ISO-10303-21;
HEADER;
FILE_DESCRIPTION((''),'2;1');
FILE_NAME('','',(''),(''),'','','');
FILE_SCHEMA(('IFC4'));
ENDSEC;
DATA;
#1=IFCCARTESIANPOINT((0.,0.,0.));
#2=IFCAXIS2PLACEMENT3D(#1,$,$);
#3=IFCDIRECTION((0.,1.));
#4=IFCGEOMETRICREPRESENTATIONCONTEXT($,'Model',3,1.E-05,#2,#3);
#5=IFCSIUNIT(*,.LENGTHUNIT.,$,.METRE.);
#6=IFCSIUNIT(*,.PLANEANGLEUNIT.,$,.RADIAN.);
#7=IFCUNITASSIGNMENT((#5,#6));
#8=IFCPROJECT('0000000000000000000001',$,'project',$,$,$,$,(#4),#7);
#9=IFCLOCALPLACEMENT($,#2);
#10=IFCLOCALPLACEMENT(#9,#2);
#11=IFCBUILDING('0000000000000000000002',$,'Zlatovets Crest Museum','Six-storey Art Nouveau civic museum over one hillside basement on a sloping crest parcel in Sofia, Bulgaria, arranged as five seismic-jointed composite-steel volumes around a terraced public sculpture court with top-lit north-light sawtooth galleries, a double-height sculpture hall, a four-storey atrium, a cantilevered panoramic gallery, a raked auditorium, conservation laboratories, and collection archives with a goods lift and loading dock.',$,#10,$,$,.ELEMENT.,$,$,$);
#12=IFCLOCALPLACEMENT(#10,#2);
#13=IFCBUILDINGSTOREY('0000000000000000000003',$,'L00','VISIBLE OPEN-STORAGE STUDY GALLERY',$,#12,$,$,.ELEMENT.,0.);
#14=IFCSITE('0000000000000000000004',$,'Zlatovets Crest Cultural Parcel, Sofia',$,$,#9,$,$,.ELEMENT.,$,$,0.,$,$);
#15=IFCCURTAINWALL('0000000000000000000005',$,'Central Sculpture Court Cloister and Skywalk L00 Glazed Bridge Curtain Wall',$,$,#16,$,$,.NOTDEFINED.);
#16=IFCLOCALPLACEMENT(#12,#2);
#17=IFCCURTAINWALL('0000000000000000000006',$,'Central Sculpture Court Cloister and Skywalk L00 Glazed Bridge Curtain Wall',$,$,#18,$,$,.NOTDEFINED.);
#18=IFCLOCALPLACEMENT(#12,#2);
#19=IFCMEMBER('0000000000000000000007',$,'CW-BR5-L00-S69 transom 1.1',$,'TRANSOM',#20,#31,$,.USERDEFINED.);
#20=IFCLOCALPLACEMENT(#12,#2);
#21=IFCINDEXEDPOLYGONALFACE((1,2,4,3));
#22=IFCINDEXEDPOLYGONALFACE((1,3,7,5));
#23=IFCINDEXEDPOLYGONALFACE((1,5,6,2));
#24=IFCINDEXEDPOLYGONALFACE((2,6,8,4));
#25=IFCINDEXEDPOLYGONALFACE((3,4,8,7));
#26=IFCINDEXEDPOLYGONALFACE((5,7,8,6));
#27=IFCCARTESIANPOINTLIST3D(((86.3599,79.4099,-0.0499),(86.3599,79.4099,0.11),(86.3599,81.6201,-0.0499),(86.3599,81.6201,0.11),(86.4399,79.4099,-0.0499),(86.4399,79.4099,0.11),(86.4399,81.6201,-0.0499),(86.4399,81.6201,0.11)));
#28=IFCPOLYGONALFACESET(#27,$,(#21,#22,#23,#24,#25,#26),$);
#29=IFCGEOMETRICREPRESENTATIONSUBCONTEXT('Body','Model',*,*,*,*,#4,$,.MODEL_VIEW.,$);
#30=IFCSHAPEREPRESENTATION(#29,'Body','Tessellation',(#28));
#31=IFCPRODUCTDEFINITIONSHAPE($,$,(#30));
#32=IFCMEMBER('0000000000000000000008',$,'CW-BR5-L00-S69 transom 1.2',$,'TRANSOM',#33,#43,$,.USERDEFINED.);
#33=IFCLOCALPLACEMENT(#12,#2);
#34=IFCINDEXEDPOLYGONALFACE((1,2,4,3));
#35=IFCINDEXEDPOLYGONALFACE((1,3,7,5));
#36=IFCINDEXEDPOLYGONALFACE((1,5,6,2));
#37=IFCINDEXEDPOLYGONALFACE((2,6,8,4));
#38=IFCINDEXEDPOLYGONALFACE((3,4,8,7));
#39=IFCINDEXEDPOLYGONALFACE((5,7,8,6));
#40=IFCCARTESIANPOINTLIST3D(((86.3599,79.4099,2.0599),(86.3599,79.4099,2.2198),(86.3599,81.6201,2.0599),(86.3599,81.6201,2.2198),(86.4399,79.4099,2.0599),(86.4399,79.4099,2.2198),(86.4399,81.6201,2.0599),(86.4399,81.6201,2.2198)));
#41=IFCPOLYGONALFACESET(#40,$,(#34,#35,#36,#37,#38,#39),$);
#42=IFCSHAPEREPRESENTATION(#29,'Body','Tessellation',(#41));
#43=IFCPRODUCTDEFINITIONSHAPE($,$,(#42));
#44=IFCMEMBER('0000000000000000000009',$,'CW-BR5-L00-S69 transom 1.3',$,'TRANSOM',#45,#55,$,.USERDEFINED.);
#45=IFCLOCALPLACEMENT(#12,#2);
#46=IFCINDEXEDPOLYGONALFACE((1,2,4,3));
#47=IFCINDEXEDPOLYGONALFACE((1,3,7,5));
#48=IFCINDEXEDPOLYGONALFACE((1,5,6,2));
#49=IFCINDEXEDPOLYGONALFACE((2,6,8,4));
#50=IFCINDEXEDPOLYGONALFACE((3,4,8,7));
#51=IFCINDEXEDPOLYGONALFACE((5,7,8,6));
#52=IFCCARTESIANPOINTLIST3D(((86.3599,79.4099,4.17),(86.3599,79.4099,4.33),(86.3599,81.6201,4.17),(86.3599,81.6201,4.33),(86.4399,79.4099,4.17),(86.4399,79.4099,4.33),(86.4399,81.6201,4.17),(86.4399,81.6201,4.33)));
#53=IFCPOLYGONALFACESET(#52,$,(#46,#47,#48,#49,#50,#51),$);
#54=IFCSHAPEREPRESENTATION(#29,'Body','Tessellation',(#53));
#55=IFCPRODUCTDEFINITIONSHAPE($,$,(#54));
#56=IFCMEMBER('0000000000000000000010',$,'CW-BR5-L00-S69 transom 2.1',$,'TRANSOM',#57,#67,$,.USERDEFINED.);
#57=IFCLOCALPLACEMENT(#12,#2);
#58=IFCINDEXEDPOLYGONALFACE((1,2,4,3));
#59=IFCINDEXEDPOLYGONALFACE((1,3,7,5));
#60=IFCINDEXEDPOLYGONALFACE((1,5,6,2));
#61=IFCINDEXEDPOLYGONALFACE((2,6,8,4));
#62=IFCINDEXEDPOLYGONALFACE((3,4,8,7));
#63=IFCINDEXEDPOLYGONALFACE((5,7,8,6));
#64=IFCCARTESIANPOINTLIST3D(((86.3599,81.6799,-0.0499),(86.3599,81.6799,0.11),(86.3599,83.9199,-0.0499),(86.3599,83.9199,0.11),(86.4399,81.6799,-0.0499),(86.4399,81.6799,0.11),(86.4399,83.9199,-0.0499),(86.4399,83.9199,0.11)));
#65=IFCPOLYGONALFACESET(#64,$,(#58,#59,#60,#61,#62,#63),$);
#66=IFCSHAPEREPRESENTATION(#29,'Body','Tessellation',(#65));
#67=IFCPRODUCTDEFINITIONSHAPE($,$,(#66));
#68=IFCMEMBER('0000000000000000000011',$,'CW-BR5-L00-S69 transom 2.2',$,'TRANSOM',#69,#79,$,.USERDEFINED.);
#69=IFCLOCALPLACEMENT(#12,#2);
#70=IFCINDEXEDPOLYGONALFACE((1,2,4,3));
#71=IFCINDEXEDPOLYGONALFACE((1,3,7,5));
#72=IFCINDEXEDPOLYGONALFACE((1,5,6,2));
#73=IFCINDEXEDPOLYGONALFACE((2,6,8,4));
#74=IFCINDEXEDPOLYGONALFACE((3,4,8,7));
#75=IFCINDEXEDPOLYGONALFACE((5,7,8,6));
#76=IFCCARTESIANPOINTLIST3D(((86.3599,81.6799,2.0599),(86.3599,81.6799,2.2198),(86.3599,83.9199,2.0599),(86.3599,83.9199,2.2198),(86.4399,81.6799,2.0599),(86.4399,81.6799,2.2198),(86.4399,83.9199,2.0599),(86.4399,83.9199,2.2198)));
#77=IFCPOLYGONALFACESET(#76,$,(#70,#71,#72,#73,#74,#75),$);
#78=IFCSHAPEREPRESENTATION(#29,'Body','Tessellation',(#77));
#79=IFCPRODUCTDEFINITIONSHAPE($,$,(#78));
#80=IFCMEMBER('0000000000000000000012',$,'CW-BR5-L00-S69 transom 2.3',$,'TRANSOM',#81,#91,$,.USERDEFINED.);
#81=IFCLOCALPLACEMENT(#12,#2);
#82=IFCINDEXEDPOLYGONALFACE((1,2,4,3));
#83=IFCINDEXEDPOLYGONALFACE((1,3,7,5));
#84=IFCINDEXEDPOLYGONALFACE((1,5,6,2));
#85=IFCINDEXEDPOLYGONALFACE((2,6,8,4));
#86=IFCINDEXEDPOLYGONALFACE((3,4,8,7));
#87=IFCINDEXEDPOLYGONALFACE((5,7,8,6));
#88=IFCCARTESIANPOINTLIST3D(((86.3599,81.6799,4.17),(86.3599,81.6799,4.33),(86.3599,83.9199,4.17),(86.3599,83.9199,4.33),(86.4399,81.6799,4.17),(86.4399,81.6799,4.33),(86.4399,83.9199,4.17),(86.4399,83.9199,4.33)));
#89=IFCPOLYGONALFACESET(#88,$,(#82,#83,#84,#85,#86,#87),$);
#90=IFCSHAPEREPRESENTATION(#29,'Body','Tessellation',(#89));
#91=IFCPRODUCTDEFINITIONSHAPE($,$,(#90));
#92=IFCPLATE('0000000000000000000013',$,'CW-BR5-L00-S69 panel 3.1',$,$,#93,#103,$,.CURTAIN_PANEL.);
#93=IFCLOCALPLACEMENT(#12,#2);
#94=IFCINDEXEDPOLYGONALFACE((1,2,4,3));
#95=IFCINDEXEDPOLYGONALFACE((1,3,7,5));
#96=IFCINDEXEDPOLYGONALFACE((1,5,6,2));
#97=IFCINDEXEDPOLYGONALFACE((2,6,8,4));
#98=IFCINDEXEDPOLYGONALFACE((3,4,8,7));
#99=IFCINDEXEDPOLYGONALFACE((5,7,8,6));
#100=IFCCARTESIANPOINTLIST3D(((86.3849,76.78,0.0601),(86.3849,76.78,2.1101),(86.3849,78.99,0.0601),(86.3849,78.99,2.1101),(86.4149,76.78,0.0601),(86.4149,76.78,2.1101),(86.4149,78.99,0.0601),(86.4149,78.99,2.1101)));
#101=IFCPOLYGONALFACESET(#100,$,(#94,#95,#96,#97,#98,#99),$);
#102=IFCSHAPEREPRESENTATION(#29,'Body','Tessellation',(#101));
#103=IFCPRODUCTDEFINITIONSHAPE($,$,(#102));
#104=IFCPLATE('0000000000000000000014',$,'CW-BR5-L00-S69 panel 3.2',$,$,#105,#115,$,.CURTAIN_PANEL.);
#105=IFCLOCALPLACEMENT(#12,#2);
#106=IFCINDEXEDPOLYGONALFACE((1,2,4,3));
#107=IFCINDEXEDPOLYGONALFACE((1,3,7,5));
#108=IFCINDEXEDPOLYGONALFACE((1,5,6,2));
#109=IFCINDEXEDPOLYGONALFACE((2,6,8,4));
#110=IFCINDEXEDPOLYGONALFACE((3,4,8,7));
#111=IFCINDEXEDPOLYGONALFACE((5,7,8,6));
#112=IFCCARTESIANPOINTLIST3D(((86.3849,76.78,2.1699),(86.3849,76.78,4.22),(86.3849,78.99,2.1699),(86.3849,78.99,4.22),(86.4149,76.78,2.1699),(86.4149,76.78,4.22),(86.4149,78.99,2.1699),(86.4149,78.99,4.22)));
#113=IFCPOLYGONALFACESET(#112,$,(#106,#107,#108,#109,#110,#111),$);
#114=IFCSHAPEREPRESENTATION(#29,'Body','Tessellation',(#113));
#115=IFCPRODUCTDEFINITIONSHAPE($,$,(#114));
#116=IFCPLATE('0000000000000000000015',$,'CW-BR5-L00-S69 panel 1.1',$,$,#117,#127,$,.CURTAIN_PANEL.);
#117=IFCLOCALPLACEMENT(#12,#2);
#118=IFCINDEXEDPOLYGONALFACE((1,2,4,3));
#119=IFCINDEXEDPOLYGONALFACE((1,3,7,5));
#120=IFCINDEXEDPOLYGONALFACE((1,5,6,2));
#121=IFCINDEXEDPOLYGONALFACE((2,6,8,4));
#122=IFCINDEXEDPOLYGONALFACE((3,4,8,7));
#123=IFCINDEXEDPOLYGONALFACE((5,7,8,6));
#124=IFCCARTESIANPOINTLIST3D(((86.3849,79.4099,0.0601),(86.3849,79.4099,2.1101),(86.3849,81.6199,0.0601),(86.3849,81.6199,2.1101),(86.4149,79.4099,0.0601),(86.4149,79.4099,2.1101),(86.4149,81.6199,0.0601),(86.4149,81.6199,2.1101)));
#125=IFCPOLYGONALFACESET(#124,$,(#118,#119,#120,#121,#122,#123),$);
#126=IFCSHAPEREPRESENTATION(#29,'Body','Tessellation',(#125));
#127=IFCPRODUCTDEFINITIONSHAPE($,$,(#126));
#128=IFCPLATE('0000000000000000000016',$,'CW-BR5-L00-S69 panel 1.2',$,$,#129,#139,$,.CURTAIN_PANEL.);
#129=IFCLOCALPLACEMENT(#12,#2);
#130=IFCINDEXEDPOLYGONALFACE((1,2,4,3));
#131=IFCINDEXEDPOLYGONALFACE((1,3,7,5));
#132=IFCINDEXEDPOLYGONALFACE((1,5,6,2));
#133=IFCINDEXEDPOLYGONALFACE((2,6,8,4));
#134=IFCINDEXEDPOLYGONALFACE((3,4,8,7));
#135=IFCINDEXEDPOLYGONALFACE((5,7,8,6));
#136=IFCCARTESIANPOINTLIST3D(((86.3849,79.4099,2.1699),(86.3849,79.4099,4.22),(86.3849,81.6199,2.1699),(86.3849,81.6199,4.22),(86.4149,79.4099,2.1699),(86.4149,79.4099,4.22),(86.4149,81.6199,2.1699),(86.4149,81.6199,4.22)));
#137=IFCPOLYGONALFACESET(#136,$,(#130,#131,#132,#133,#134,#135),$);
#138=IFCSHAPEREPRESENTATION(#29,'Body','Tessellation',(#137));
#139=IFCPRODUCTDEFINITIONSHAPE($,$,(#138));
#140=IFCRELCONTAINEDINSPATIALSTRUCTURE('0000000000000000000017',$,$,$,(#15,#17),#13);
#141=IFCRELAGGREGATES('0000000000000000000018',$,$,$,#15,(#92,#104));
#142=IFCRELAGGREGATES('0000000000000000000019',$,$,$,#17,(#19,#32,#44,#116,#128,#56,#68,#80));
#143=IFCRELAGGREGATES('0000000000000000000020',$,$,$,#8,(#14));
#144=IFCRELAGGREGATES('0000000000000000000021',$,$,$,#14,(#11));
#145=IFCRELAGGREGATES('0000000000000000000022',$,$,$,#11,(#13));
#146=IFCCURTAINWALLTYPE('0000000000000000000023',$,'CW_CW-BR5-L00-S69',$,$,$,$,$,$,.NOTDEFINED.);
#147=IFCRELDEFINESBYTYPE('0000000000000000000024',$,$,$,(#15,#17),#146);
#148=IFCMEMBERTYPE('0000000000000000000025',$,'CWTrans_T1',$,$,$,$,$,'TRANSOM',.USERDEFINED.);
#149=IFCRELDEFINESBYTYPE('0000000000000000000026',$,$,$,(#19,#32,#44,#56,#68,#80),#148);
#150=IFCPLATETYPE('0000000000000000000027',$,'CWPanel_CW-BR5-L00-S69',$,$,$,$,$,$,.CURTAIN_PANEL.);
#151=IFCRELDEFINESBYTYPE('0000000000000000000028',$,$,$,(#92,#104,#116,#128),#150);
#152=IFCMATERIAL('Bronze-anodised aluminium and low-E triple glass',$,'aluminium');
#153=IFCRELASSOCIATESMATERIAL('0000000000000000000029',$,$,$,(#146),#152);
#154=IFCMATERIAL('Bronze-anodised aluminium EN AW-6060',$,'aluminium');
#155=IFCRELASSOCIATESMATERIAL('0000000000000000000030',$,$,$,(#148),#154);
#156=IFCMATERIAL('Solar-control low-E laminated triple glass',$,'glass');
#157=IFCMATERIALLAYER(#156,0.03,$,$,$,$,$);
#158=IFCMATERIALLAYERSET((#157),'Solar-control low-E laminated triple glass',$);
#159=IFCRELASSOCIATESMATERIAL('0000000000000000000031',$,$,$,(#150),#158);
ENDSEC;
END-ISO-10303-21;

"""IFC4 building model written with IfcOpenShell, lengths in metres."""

from ifc_helpers import new_model, si_unit, direction, frame, origin, origin_2d, place, context, subcontext, project, spatial, rectangle, extrude, material, layer, layer_set, material_profile, profile_set, type_object, element, aggregate, save


model = new_model("IFC4")

# Units and contexts
model_context = context("Model", 3, precision=1e-05, world=origin(), true_north=direction((0.0, 1.0)))
body_context = subcontext(model_context, "Body", "Model", "MODEL_VIEW")
ifc_project = project(units=[si_unit("LENGTHUNIT", "METRE"), si_unit("PLANEANGLEUNIT", "RADIAN")], contexts=[model_context])

# Site, building, storey
site_placement = place(None, origin())
site = spatial("IfcSite", under=ifc_project, at=site_placement, Name="Zlatovets Crest Cultural Parcel, Sofia", CompositionType="ELEMENT", RefElevation=0.0)
building_placement = place(site_placement, origin())
building = spatial("IfcBuilding", under=site, at=building_placement, Name="Zlatovets Crest Museum", Description="Six-storey Art Nouveau civic museum over one hillside basement on a sloping crest parcel in Sofia, Bulgaria, arranged as five seismic-jointed composite-steel volumes around a terraced public sculpture court with top-lit north-light sawtooth galleries, a double-height sculpture hall, a four-storey atrium, a cantilevered panoramic gallery, a raked auditorium, conservation laboratories, and collection archives with a goods lift and loading dock.", CompositionType="ELEMENT")
storey_placement = place(building_placement, origin())
storey = spatial("IfcBuildingStorey", under=building, at=storey_placement, Name="L00", Description="VISIBLE OPEN-STORAGE STUDY GALLERY", CompositionType="ELEMENT", Elevation=0.0)

# Curtain wall
ifc_material_1 = material(Name="Bronze-anodised aluminium and low-E triple glass", Category="aluminium")
curtain_wall_type = type_object("IfcCurtainWallType", Name="CW_CW-BR5-L00-S69", PredefinedType="NOTDEFINED", material=ifc_material_1)
curtain_wall_1_placement = place(storey_placement, origin())
curtain_wall_1 = element("IfcCurtainWall", 1, at=curtain_wall_1_placement, inside=storey, type_object=curtain_wall_type, Name="Central Sculpture Court Cloister and Skywalk L00 Glazed Bridge Curtain Wall", PredefinedType="NOTDEFINED")
ifc_material_2 = material(Name="Bronze-anodised aluminium EN AW-6060", Category="aluminium")

# Curtain wall
curtain_wall_2_placement = place(storey_placement, origin())
curtain_wall_2 = element("IfcCurtainWall", 2, at=curtain_wall_2_placement, inside=storey, type_object=curtain_wall_type, Name="Central Sculpture Court Cloister and Skywalk L00 Glazed Bridge Curtain Wall", PredefinedType="NOTDEFINED")

# Members
ifc_material_profile_1 = material_profile(ifc_material_2, rectangle(XDim=0.0801, YDim=0.1599, at=origin_2d()), Name="ALU 80x160")
ifc_profile_set_1 = profile_set([ifc_material_profile_1], Name="Bronze-anodised aluminium EN AW-6060")
member_type_1 = type_object("IfcMemberType", Name="CWTrans_T1", ElementType="TRANSOM", PredefinedType="USERDEFINED", material=ifc_profile_set_1)
member_1_placement = place(storey_placement, frame((86.3999, 79.4099, 0.03), z_axis=(0.0, 1.0, 0.0), x_axis=(-1.0, 0.0, 0.0)))
member_1 = element("IfcMember", 3, at=member_1_placement, type_object=member_type_1, Name="CW-BR5-L00-S69 transom 1.1", ObjectType="TRANSOM", PredefinedType="USERDEFINED", context=body_context, shape_type="SweptSolid", body=[
    extrude(rectangle(XDim=0.0801, YDim=0.1599, at=origin_2d()), origin(), (0.0, 0.0, 1.0), 2.2102),
])
member_2_placement = place(storey_placement, frame((86.3999, 79.4099, 2.1399), z_axis=(0.0, 1.0, 0.0), x_axis=(-1.0, 0.0, 0.0)))
member_2 = element("IfcMember", 4, at=member_2_placement, type_object=member_type_1, Name="CW-BR5-L00-S69 transom 1.2", ObjectType="TRANSOM", PredefinedType="USERDEFINED", context=body_context, shape_type="SweptSolid", body=[
    extrude(rectangle(XDim=0.0801, YDim=0.1599, at=origin_2d()), origin(), (0.0, 0.0, 1.0), 2.2102),
])
member_3_placement = place(storey_placement, frame((86.3999, 79.4099, 4.25), z_axis=(0.0, 1.0, 0.0), x_axis=(-1.0, 0.0, 0.0)))
member_3 = element("IfcMember", 5, at=member_3_placement, type_object=member_type_1, Name="CW-BR5-L00-S69 transom 1.3", ObjectType="TRANSOM", PredefinedType="USERDEFINED", context=body_context, shape_type="SweptSolid", body=[
    extrude(rectangle(XDim=0.0801, YDim=0.1599, at=origin_2d()), origin(), (0.0, 0.0, 1.0), 2.2102),
])
member_4_placement = place(storey_placement, frame((86.3999, 81.6799, 0.03), z_axis=(0.0, 1.0, 0.0), x_axis=(-1.0, 0.0, 0.0)))
member_4 = element("IfcMember", 6, at=member_4_placement, type_object=member_type_1, Name="CW-BR5-L00-S69 transom 2.1", ObjectType="TRANSOM", PredefinedType="USERDEFINED", context=body_context, shape_type="SweptSolid", body=[
    extrude(rectangle(XDim=0.0801, YDim=0.1599, at=origin_2d()), origin(), (0.0, 0.0, 1.0), 2.24),
])
member_5_placement = place(storey_placement, frame((86.3999, 81.6799, 2.1399), z_axis=(0.0, 1.0, 0.0), x_axis=(-1.0, 0.0, 0.0)))
member_5 = element("IfcMember", 7, at=member_5_placement, type_object=member_type_1, Name="CW-BR5-L00-S69 transom 2.2", ObjectType="TRANSOM", PredefinedType="USERDEFINED", context=body_context, shape_type="SweptSolid", body=[
    extrude(rectangle(XDim=0.0801, YDim=0.1599, at=origin_2d()), origin(), (0.0, 0.0, 1.0), 2.24),
])
member_6_placement = place(storey_placement, frame((86.3999, 81.6799, 4.25), z_axis=(0.0, 1.0, 0.0), x_axis=(-1.0, 0.0, 0.0)))
member_6 = element("IfcMember", 8, at=member_6_placement, type_object=member_type_1, Name="CW-BR5-L00-S69 transom 2.3", ObjectType="TRANSOM", PredefinedType="USERDEFINED", context=body_context, shape_type="SweptSolid", body=[
    extrude(rectangle(XDim=0.0801, YDim=0.1599, at=origin_2d()), origin(), (0.0, 0.0, 1.0), 2.24),
])

# Plates
ifc_material_3 = material(Name="Solar-control low-E laminated triple glass", Category="glass")
ifc_layer = layer(ifc_material_3, 0.03)
ifc_layer_set = layer_set([ifc_layer], Name="Solar-control low-E laminated triple glass")
plate_type = type_object("IfcPlateType", Name="CWPanel_CW-BR5-L00-S69", PredefinedType="CURTAIN_PANEL", material=ifc_layer_set)
plate_1_placement = place(storey_placement, frame((86.3999, 77.885, 0.0601), z_axis=(0.0, 0.0, 1.0), x_axis=(0.0, 1.0, 0.0)))
plate_1 = element("IfcPlate", 9, at=plate_1_placement, type_object=plate_type, Name="CW-BR5-L00-S69 panel 3.1", PredefinedType="CURTAIN_PANEL", context=body_context, shape_type="SweptSolid", body=[
    extrude(rectangle(XDim=2.21, YDim=0.03, at=origin_2d()), origin(), (0.0, 0.0, 1.0), 2.05),
])
plate_2_placement = place(storey_placement, frame((86.3999, 77.885, 2.1699), z_axis=(0.0, 0.0, 1.0), x_axis=(0.0, 1.0, 0.0)))
plate_2 = element("IfcPlate", 10, at=plate_2_placement, type_object=plate_type, Name="CW-BR5-L00-S69 panel 3.2", PredefinedType="CURTAIN_PANEL", context=body_context, shape_type="SweptSolid", body=[
    extrude(rectangle(XDim=2.21, YDim=0.03, at=origin_2d()), origin(), (0.0, 0.0, 1.0), 2.05),
])
aggregate(curtain_wall_1, [plate_1, plate_2])
plate_3_placement = place(storey_placement, frame((86.3999, 80.5149, 0.0601), z_axis=(0.0, 0.0, 1.0), x_axis=(0.0, 1.0, 0.0)))
plate_3 = element("IfcPlate", 11, at=plate_3_placement, type_object=plate_type, Name="CW-BR5-L00-S69 panel 1.1", PredefinedType="CURTAIN_PANEL", context=body_context, shape_type="SweptSolid", body=[
    extrude(rectangle(XDim=2.21, YDim=0.03, at=origin_2d()), origin(), (0.0, 0.0, 1.0), 2.05),
])
plate_4_placement = place(storey_placement, frame((86.3999, 80.5149, 2.1699), z_axis=(0.0, 0.0, 1.0), x_axis=(0.0, 1.0, 0.0)))
plate_4 = element("IfcPlate", 12, at=plate_4_placement, type_object=plate_type, Name="CW-BR5-L00-S69 panel 1.2", PredefinedType="CURTAIN_PANEL", context=body_context, shape_type="SweptSolid", body=[
    extrude(rectangle(XDim=2.21, YDim=0.03, at=origin_2d()), origin(), (0.0, 0.0, 1.0), 2.05),
])
aggregate(curtain_wall_2, [member_1, member_2, member_3, plate_3, plate_4, member_4, member_5, member_6])

save(model, "model.ifc")
